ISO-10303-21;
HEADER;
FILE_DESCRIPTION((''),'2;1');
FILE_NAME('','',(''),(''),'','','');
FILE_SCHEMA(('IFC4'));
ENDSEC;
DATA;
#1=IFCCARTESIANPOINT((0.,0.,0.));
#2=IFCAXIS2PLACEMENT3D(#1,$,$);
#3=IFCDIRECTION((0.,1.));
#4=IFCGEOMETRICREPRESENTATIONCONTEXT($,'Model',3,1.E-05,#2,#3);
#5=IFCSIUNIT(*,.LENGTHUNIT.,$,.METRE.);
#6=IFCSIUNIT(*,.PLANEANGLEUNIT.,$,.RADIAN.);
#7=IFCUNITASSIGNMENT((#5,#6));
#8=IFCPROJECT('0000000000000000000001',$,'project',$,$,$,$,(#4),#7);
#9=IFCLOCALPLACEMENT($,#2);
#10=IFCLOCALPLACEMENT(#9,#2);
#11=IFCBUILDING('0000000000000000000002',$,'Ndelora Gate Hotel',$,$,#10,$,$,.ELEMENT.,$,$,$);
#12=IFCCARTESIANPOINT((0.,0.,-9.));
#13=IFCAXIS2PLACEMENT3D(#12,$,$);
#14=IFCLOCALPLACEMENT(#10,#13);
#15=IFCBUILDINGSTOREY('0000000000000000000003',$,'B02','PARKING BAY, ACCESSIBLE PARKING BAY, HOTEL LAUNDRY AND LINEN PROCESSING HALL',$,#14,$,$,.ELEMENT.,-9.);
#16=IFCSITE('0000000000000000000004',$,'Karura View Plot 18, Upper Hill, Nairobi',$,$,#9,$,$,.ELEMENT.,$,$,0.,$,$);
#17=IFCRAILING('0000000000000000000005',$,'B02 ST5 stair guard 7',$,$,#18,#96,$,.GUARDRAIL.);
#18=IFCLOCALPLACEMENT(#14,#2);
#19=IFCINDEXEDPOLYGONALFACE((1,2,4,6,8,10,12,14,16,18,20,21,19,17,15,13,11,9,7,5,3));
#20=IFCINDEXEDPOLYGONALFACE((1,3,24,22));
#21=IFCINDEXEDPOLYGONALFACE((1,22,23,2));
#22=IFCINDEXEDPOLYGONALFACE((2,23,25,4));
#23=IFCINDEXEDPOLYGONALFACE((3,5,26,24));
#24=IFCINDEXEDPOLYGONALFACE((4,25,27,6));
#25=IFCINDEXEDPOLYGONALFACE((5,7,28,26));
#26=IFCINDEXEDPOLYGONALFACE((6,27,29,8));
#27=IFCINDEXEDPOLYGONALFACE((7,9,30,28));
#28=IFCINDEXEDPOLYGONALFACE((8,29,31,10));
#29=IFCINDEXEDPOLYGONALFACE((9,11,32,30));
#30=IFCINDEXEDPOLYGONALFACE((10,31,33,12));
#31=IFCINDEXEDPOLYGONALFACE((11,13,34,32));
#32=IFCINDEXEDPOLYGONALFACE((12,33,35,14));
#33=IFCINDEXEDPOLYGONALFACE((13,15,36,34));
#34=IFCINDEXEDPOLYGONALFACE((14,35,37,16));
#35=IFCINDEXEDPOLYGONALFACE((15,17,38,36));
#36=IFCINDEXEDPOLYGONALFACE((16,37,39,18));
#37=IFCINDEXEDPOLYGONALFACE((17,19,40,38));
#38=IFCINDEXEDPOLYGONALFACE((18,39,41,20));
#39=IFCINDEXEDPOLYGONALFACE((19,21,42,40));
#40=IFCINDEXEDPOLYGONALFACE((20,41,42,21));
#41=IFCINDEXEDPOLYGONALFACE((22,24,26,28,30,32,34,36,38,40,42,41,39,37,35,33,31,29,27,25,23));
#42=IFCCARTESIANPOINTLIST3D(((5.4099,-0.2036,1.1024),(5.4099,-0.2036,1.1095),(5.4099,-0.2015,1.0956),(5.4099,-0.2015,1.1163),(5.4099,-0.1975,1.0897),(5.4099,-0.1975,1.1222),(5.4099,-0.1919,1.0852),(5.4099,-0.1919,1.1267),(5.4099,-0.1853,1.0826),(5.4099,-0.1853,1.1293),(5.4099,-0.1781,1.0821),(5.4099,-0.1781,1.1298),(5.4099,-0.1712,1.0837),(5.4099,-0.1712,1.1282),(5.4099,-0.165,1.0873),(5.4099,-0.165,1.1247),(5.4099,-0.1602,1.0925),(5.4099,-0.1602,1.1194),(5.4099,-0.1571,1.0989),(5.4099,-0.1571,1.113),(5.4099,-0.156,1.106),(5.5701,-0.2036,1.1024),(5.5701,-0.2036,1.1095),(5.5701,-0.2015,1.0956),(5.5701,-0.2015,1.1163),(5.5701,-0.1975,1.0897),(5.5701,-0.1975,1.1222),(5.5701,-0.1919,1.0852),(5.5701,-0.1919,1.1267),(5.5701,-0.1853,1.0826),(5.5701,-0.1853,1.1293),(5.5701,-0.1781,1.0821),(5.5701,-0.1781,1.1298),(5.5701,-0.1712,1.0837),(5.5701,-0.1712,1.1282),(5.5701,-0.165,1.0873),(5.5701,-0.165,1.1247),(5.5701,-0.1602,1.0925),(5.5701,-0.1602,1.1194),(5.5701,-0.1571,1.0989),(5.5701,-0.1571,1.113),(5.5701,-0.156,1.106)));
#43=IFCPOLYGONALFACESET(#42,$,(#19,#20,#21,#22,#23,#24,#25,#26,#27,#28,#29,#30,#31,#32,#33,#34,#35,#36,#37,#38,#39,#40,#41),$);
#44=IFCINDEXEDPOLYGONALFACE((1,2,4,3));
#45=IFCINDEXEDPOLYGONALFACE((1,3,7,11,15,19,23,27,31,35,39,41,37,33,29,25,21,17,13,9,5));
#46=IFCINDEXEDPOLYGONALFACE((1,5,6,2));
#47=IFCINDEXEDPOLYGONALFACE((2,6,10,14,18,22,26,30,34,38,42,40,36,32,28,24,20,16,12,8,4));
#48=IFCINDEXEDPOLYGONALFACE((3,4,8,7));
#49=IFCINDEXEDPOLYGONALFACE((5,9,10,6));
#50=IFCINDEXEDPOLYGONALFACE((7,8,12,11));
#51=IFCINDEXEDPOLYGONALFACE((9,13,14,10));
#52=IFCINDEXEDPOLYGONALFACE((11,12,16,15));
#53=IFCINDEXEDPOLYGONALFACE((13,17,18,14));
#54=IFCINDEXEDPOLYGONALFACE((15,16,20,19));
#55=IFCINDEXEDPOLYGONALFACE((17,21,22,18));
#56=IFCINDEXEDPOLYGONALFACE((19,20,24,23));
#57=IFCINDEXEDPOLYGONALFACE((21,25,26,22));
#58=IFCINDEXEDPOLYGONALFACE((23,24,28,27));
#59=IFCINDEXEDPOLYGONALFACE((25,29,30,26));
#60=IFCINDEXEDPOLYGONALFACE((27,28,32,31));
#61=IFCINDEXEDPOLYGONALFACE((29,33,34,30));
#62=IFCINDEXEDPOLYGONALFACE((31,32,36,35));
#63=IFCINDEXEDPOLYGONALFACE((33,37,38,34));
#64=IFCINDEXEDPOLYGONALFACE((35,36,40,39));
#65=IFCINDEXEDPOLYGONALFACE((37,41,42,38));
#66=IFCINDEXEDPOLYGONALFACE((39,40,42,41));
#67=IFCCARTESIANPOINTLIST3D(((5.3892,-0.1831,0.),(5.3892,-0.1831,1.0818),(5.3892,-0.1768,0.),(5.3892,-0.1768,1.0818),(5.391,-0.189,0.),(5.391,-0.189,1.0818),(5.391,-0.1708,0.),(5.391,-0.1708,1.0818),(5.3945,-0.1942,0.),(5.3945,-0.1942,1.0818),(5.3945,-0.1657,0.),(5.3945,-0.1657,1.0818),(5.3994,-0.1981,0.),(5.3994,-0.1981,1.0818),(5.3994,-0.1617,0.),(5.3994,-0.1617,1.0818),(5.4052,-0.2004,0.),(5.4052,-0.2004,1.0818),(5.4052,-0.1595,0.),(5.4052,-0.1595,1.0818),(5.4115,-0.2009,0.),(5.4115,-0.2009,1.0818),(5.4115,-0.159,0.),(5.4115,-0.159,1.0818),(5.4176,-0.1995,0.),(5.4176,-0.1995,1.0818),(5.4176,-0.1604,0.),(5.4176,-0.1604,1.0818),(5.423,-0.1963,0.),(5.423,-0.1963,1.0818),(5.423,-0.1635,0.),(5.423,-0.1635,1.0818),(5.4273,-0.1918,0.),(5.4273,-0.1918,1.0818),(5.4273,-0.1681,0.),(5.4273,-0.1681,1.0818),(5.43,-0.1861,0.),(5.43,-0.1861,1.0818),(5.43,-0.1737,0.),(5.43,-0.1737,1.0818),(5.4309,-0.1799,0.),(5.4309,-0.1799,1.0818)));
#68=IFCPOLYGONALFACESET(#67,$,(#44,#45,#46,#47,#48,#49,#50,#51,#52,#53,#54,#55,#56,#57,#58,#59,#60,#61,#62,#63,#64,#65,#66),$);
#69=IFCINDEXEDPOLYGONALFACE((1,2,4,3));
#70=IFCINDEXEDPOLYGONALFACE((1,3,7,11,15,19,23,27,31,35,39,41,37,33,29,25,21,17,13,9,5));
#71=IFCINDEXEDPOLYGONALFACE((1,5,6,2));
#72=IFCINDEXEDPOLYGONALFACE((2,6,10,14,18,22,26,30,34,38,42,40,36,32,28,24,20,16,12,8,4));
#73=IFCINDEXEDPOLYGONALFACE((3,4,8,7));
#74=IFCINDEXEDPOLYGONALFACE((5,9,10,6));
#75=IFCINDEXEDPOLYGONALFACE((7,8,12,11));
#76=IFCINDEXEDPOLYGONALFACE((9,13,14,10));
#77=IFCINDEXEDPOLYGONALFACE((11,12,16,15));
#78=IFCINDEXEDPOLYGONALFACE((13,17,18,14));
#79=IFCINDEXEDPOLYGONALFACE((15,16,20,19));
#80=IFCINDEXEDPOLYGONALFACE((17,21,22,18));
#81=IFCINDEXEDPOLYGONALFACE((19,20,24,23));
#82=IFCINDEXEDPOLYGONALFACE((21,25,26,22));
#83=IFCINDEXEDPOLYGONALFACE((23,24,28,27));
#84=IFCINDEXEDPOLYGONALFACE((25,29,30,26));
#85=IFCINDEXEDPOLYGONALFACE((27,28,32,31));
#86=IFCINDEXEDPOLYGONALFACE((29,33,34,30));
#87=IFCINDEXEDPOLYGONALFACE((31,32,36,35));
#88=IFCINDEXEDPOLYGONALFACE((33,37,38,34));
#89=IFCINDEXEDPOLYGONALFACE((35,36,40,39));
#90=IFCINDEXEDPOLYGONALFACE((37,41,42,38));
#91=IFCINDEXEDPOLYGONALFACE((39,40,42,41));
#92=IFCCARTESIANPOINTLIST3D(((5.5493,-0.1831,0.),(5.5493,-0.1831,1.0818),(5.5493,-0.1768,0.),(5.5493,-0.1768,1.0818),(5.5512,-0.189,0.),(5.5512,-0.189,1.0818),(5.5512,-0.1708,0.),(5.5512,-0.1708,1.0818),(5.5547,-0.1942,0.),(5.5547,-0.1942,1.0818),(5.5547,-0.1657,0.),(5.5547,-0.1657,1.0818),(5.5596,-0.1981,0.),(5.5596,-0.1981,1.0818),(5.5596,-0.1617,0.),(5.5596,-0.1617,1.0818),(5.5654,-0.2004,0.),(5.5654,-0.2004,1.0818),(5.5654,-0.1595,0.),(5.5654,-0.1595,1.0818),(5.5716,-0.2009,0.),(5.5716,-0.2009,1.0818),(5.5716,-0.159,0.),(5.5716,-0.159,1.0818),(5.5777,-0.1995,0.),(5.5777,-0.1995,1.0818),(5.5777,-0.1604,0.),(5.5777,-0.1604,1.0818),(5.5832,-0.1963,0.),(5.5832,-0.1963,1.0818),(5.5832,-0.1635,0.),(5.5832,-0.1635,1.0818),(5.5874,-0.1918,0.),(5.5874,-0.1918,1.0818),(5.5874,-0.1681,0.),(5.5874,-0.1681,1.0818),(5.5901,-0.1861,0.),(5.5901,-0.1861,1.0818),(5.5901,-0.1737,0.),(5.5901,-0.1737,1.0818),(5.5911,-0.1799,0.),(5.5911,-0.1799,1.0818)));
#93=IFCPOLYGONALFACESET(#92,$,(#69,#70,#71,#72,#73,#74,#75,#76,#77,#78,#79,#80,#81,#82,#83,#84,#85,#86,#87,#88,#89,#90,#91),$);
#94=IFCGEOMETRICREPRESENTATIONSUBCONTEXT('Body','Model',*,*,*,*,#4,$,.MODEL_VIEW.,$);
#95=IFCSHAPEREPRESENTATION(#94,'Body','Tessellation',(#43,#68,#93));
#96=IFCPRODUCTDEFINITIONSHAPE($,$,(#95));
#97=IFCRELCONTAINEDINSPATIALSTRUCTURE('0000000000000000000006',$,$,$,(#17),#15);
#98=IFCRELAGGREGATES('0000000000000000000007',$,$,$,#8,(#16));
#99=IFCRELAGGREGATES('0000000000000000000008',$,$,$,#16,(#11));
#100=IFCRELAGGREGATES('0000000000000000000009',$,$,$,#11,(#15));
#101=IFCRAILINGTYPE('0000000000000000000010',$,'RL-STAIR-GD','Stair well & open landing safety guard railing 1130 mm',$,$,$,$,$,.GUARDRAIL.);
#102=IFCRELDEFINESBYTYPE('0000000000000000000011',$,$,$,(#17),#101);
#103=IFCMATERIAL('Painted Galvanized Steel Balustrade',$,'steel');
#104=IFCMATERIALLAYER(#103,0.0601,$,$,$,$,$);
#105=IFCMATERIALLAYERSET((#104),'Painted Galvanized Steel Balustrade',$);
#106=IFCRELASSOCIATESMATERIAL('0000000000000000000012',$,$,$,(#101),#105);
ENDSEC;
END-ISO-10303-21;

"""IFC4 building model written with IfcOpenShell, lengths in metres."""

from ifc_helpers import new_model, si_unit, direction, frame, origin, origin_2d, place, context, subcontext, project, spatial, circle, extrude, material, layer, layer_set, type_object, element, save


model = new_model("IFC4")

# Units and contexts
model_context = context("Model", 3, precision=1e-05, world=origin(), true_north=direction((0.0, 1.0)))
body_context = subcontext(model_context, "Body", "Model", "MODEL_VIEW")
ifc_project = project(units=[si_unit("LENGTHUNIT", "METRE"), si_unit("PLANEANGLEUNIT", "RADIAN")], contexts=[model_context])

# Site, building, storey
site_placement = place(None, origin())
site = spatial("IfcSite", under=ifc_project, at=site_placement, Name="Karura View Plot 18, Upper Hill, Nairobi", CompositionType="ELEMENT", RefElevation=0.0)
building_placement = place(site_placement, origin())
building = spatial("IfcBuilding", under=site, at=building_placement, Name="Ndelora Gate Hotel", CompositionType="ELEMENT")
storey_placement = place(building_placement, frame((0.0, 0.0, -9.0)))
storey = spatial("IfcBuildingStorey", under=building, at=storey_placement, Name="B02", Description="PARKING BAY, ACCESSIBLE PARKING BAY, HOTEL LAUNDRY AND LINEN PROCESSING HALL", CompositionType="ELEMENT", Elevation=-9.0)

# Railing
ifc_material_1 = material(Name="Painted Galvanized Steel Balustrade", Category="steel")
ifc_layer_1 = layer(ifc_material_1, 0.0601)
ifc_layer_set_1 = layer_set([ifc_layer_1], Name="Painted Galvanized Steel Balustrade")
railing_type_1 = type_object("IfcRailingType", Name="RL-STAIR-GD", Description="Stair well & open landing safety guard railing 1130 mm", PredefinedType="GUARDRAIL", material=ifc_layer_set_1)
railing_1_placement = place(storey_placement, frame((5.4099, -0.1799, 0.0)))
element("IfcRailing", 1, at=railing_1_placement, inside=storey, type_object=railing_type_1, Name="B02 ST5 stair guard 7", PredefinedType="GUARDRAIL", context=body_context, shape_type="SweptSolid", body=[
    extrude(circle(Radius=0.0239, at=origin_2d()), frame((0.0, 0.0, 1.106), z_axis=(1.0, 0.0, 0.0), x_axis=(0.0, 1.0, 0.0)), (0.0, 0.0, 1.0), 0.1602),
    extrude(circle(Radius=0.021, at=origin_2d()), origin(), (0.0, 0.0, 1.0), 1.0818),
    extrude(circle(Radius=0.021, at=origin_2d()), frame((0.1602, 0.0, 0.0)), (0.0, 0.0, 1.0), 1.0818),
])

save(model, "model.ifc")
